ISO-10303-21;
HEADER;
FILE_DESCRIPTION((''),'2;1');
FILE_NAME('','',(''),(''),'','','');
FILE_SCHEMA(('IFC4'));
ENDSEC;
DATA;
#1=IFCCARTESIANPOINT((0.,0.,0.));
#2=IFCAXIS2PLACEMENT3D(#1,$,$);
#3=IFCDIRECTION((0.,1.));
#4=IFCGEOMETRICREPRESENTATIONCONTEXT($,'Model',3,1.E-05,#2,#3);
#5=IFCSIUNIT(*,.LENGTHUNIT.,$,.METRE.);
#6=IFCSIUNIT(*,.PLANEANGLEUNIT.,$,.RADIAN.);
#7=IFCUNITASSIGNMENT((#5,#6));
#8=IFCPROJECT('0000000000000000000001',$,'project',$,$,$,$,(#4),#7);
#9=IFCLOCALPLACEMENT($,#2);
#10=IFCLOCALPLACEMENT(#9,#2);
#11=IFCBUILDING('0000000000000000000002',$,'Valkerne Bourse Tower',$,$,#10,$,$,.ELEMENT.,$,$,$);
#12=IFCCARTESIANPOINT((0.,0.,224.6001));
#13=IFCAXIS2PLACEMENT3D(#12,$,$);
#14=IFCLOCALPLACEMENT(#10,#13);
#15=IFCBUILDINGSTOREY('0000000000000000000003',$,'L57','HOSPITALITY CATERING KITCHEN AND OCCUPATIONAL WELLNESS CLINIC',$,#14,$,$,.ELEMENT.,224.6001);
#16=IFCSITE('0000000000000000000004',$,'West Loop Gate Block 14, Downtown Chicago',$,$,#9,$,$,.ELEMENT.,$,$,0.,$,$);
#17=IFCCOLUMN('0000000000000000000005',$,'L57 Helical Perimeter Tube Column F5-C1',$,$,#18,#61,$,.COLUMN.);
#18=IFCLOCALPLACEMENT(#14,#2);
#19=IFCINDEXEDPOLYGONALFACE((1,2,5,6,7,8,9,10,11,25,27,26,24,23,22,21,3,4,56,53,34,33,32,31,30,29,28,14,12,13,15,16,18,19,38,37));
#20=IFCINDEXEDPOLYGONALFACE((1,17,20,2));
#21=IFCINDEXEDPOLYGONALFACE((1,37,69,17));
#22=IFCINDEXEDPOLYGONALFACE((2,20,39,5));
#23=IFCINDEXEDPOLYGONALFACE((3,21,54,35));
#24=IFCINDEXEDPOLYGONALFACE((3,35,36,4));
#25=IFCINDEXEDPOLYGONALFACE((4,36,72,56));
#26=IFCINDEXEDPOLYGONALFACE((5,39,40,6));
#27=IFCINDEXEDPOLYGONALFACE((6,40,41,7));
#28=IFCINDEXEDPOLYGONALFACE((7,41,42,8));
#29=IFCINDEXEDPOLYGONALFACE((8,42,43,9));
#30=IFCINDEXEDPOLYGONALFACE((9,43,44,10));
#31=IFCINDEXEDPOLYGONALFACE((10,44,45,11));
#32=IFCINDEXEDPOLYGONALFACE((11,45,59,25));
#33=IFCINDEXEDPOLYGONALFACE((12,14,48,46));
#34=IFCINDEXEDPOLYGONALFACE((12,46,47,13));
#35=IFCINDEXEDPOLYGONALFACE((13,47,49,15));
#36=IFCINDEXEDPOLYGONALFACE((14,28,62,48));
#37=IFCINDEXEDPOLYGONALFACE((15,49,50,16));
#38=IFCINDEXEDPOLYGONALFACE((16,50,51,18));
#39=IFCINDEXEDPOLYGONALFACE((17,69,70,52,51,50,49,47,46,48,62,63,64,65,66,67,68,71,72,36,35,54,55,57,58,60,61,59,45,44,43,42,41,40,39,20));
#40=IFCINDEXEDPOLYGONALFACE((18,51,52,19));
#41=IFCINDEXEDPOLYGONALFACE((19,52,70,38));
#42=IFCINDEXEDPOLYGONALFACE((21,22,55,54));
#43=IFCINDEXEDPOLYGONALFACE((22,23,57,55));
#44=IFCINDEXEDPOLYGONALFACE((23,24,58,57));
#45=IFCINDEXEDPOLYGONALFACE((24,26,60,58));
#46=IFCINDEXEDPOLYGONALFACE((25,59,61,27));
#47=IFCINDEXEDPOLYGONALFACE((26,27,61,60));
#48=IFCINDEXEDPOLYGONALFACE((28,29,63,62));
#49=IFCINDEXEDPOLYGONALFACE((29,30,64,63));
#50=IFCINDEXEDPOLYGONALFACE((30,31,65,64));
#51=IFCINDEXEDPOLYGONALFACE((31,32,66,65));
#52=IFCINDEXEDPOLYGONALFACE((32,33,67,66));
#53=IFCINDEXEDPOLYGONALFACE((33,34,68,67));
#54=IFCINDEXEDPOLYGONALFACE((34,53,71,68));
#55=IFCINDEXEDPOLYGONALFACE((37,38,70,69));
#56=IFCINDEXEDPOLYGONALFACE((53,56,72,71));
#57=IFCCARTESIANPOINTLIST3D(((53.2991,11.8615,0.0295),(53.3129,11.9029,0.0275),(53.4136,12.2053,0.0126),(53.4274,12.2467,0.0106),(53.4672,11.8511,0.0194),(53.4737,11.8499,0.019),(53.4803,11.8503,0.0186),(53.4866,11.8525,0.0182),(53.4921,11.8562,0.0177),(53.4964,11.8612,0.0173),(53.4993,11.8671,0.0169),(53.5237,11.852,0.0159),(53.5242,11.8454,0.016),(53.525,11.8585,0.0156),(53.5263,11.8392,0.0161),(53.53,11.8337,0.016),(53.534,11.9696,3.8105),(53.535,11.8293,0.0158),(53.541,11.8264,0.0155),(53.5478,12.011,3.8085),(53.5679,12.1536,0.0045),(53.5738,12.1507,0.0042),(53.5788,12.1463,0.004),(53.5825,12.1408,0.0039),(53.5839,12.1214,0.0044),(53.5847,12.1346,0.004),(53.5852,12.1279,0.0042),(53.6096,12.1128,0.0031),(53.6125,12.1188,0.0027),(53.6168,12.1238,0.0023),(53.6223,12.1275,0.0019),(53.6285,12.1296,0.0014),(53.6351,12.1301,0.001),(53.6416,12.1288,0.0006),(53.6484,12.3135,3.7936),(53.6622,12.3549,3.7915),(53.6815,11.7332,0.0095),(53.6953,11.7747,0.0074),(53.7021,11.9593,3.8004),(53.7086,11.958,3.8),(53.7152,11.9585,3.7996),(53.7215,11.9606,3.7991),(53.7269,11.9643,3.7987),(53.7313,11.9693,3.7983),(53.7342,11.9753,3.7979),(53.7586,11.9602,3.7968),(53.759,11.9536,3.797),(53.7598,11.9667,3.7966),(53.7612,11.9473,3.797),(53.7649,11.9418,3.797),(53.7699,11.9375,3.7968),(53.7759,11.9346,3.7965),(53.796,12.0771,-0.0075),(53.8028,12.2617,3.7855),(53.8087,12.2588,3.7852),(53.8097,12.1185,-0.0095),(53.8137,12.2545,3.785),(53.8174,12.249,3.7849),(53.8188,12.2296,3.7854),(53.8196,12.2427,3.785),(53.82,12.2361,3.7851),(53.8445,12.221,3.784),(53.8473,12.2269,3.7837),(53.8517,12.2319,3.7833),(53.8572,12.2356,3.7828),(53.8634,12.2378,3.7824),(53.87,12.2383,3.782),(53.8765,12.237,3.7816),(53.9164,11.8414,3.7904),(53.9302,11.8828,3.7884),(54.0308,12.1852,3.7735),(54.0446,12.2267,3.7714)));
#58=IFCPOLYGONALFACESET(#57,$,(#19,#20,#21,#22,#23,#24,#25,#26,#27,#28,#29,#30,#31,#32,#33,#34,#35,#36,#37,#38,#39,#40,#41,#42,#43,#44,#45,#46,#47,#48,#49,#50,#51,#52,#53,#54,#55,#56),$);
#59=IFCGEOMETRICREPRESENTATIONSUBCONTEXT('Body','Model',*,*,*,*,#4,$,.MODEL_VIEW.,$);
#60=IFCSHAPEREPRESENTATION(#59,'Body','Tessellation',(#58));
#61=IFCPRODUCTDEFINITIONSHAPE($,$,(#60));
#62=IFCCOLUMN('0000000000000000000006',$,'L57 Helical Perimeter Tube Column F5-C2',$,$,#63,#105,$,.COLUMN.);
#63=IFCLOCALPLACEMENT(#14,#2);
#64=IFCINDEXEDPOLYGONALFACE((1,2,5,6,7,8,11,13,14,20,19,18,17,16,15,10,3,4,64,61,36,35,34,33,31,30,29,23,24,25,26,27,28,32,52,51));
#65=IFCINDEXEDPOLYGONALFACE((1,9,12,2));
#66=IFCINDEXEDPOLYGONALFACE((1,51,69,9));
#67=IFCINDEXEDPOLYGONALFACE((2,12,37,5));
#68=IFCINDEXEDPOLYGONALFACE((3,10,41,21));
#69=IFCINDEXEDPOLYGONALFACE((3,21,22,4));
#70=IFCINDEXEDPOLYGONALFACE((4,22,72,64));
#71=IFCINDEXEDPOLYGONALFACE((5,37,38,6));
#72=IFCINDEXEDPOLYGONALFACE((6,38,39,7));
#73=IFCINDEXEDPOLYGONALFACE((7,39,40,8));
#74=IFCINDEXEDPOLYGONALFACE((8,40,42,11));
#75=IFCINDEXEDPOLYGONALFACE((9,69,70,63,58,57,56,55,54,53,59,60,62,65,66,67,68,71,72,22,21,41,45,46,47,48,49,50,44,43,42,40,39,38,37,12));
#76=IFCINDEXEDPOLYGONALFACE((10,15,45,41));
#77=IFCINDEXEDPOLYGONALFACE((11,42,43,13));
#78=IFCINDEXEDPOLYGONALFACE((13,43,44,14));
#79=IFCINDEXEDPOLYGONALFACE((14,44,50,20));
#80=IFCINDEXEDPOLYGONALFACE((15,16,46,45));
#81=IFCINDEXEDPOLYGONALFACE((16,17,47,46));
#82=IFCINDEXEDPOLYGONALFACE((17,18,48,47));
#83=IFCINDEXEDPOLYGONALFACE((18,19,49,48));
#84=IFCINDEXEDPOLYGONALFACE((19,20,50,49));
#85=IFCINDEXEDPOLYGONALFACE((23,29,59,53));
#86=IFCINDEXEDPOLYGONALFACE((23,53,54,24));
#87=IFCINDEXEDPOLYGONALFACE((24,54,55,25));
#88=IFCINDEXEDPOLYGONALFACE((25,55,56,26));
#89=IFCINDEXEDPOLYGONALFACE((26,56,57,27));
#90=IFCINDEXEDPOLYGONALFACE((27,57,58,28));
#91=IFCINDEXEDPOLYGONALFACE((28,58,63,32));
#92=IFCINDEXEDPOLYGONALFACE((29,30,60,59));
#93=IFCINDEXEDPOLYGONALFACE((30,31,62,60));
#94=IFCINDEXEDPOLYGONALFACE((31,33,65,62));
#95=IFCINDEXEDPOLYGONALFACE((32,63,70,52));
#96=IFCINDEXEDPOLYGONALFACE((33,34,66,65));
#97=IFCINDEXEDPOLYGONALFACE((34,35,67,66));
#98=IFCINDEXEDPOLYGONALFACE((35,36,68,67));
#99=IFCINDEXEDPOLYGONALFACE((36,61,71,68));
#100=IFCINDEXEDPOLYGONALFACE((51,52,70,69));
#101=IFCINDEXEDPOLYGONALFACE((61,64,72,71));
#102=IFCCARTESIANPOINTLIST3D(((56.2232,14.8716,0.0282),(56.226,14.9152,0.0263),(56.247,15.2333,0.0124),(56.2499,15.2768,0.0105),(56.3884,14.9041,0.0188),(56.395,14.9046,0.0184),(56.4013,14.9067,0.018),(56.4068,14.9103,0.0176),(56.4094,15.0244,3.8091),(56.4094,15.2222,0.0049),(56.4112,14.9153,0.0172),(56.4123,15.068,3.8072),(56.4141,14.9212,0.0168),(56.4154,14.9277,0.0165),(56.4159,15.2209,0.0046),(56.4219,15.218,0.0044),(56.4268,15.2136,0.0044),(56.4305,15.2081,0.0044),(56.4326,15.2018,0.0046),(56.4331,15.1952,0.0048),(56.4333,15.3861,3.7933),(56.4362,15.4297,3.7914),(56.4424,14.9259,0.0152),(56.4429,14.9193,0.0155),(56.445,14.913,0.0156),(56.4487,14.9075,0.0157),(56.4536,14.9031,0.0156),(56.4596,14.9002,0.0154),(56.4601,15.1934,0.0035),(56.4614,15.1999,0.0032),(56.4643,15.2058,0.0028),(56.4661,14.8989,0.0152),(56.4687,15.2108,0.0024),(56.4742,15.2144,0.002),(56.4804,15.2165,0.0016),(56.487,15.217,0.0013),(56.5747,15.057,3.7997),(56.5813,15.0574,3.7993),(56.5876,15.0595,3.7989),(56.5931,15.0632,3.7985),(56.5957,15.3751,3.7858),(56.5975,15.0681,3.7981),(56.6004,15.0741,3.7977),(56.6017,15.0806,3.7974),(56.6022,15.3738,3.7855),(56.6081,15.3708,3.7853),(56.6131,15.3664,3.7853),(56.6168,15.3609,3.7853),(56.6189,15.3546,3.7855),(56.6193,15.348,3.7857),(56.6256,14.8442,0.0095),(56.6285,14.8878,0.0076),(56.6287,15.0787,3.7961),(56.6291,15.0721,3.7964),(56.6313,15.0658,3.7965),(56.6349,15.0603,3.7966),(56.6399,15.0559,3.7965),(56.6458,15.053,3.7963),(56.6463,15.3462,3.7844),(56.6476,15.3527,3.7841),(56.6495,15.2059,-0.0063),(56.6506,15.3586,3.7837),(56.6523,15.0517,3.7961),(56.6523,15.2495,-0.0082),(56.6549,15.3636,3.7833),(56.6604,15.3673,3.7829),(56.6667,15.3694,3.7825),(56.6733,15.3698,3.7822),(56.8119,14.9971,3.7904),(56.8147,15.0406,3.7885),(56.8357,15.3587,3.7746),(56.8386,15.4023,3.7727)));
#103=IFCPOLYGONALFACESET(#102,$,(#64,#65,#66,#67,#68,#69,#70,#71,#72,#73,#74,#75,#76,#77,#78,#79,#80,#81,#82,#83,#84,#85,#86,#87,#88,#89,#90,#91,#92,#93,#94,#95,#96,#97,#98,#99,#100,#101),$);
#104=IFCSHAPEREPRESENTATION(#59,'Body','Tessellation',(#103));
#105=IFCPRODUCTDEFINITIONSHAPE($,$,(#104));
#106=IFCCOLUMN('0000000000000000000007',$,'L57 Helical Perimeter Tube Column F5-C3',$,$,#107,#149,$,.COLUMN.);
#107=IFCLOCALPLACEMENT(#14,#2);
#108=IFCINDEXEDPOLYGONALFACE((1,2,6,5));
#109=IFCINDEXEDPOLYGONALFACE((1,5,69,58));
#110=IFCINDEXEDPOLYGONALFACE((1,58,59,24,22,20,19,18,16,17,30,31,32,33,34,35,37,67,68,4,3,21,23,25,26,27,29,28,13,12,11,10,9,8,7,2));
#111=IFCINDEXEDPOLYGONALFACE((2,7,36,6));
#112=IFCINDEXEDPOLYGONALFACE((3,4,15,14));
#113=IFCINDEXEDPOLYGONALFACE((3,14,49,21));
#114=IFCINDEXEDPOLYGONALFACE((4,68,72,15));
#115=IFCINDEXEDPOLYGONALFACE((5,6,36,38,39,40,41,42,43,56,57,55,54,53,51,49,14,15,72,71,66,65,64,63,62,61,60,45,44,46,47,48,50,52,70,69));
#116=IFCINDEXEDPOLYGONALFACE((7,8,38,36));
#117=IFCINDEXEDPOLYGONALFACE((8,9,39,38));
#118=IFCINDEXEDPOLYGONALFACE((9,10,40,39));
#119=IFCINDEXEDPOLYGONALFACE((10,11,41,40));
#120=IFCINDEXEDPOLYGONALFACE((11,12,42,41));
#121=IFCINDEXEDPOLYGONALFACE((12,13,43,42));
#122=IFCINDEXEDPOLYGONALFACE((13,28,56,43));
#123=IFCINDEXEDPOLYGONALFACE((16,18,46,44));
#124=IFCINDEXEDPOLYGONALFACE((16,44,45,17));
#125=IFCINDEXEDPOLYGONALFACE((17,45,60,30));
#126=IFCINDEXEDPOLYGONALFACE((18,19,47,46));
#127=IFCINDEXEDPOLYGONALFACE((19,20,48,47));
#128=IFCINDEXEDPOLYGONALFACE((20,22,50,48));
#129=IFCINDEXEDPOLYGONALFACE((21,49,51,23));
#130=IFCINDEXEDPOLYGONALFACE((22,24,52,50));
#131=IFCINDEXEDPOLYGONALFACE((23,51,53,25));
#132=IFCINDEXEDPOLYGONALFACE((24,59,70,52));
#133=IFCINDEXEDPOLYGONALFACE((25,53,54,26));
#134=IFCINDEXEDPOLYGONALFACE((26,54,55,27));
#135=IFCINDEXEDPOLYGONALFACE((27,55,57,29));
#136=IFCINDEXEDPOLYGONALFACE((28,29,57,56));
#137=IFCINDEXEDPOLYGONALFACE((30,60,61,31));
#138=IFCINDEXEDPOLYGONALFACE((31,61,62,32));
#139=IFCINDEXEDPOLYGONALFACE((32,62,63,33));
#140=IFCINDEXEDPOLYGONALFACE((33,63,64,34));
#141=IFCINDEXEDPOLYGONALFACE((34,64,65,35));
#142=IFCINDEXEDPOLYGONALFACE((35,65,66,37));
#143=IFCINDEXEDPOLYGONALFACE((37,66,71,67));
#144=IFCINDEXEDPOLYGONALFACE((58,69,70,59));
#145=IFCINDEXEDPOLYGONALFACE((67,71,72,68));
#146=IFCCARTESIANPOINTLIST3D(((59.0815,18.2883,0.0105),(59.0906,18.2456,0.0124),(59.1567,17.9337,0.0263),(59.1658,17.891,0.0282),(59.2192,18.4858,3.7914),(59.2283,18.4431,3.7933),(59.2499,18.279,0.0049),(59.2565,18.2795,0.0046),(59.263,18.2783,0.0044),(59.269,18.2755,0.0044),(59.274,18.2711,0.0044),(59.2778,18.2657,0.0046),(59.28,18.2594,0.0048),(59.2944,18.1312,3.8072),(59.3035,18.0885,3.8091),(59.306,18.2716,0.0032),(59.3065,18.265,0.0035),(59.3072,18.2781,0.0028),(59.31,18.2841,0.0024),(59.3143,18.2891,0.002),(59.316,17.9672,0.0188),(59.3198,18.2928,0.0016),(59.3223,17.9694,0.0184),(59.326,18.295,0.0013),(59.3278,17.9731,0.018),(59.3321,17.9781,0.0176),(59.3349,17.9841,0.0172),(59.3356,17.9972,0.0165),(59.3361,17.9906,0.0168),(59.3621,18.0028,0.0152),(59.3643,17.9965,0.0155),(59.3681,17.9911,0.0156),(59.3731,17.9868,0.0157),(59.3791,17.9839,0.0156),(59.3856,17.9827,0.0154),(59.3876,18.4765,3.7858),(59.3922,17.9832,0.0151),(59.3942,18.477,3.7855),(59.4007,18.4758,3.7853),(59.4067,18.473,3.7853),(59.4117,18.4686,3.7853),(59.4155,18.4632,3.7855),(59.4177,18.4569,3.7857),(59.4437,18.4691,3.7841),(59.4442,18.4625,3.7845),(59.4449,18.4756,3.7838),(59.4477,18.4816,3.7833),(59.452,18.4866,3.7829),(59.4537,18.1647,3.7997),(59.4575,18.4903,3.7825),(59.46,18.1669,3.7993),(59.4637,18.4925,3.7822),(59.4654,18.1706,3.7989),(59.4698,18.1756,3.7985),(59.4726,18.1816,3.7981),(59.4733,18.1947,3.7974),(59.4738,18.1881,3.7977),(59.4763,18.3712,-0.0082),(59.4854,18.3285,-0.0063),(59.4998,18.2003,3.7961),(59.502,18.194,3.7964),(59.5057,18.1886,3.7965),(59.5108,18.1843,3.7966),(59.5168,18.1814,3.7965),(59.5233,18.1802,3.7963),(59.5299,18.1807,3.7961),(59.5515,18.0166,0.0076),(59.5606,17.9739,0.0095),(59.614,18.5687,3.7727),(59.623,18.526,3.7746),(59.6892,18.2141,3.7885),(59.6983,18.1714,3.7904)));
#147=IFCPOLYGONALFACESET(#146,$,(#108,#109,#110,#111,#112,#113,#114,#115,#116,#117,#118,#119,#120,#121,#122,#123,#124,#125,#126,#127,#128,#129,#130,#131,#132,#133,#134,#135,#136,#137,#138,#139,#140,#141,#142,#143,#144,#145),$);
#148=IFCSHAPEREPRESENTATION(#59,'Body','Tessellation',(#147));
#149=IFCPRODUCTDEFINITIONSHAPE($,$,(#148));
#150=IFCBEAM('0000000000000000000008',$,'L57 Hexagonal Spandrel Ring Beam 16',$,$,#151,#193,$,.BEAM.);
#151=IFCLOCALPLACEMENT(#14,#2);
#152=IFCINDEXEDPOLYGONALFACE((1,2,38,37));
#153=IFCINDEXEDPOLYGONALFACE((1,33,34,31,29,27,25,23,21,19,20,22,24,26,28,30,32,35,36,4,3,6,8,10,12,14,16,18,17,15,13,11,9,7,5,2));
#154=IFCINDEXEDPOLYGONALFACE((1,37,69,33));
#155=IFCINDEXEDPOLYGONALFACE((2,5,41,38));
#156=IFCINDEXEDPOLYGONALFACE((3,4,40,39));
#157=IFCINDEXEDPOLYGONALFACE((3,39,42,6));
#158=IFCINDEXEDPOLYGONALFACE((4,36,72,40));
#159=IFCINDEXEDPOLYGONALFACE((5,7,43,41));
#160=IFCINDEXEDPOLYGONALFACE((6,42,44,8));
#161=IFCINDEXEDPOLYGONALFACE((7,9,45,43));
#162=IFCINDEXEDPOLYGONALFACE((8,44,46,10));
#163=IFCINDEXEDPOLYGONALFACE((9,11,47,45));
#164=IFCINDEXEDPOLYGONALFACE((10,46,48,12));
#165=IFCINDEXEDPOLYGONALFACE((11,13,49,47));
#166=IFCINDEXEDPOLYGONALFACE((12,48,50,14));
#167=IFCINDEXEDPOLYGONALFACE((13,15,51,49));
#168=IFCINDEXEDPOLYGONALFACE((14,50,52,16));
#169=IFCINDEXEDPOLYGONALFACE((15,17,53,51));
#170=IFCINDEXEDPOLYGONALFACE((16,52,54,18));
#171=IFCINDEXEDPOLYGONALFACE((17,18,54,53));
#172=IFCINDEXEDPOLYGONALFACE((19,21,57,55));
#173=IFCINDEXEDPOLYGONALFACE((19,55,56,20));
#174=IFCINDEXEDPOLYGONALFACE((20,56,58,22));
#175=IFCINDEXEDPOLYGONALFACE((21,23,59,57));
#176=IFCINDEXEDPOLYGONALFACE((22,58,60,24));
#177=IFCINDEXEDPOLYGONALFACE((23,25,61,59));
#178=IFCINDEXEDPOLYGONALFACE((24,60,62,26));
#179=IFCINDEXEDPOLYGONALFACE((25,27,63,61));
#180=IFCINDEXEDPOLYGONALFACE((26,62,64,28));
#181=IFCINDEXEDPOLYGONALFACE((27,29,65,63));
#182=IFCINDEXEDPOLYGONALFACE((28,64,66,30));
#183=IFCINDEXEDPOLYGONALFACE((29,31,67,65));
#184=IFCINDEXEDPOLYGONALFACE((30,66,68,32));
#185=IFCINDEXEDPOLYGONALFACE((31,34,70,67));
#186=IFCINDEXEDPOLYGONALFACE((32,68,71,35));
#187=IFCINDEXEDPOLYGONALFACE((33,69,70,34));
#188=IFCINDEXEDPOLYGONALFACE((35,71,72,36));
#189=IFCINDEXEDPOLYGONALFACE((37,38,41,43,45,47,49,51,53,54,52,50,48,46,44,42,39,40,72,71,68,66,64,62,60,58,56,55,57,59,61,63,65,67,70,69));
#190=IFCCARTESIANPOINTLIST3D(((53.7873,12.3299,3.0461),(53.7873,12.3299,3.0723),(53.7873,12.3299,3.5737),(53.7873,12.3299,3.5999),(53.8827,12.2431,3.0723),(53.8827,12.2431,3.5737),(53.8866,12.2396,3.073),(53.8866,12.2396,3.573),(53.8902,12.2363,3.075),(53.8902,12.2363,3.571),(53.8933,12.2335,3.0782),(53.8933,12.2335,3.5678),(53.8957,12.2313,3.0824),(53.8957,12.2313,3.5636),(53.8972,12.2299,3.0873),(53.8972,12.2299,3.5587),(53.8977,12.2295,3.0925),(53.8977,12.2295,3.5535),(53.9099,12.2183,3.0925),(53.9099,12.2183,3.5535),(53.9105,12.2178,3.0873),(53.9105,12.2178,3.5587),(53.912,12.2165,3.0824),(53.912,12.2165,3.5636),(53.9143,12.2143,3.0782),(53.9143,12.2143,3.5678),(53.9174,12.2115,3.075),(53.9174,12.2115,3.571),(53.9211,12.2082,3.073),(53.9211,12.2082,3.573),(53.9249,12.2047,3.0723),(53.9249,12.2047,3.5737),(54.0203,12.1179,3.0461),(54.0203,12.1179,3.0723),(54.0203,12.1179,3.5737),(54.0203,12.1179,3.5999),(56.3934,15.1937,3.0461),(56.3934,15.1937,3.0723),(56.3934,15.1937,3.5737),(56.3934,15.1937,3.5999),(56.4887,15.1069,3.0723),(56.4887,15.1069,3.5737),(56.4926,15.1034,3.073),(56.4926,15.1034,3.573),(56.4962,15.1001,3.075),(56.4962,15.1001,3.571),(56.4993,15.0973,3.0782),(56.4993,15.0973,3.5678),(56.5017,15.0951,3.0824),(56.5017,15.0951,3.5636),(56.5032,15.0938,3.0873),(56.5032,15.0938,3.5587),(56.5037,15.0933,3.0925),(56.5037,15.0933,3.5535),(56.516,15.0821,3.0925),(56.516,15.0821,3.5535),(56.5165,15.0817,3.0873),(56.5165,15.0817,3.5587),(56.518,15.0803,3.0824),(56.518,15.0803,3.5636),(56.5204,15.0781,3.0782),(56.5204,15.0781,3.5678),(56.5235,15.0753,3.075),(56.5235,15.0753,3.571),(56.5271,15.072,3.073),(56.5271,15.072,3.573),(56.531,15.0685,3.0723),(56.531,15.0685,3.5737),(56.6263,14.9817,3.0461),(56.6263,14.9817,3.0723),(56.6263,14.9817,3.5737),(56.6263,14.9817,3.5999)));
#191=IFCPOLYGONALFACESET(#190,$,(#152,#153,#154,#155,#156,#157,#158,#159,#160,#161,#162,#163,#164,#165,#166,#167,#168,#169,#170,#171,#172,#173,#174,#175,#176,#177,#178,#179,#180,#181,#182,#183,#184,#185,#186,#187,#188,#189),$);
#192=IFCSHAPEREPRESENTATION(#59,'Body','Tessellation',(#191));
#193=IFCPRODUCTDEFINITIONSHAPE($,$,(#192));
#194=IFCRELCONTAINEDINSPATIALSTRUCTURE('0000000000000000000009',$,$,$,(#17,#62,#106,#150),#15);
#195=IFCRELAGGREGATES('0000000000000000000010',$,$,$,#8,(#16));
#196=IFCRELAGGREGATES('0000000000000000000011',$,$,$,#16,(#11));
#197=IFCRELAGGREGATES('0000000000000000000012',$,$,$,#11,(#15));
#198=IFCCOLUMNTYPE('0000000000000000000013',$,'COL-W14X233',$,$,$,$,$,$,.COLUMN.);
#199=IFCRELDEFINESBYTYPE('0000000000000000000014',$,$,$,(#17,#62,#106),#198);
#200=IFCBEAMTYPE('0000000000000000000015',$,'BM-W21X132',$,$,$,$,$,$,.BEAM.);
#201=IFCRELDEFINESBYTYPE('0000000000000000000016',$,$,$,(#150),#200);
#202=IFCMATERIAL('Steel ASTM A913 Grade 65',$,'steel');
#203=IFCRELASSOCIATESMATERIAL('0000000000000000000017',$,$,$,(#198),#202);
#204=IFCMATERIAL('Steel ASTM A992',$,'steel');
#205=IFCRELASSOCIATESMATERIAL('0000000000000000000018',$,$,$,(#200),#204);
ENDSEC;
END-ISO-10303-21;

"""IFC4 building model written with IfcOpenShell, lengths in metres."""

from ifc_helpers import new_model, si_unit, direction, frame, origin, origin_2d, place, context, subcontext, project, spatial, i_section, extrude, material, material_profile, profile_set, type_object, element, save


model = new_model("IFC4")

# Units and contexts
model_context = context("Model", 3, precision=1e-05, world=origin(), true_north=direction((0.0, 1.0)))
body_context = subcontext(model_context, "Body", "Model", "MODEL_VIEW")
ifc_project = project(units=[si_unit("LENGTHUNIT", "METRE"), si_unit("PLANEANGLEUNIT", "RADIAN")], contexts=[model_context])

# Site, building, storey
site_placement = place(None, origin())
site = spatial("IfcSite", under=ifc_project, at=site_placement, Name="West Loop Gate Block 14, Downtown Chicago", CompositionType="ELEMENT", RefElevation=0.0)
building_placement = place(site_placement, origin())
building = spatial("IfcBuilding", under=site, at=building_placement, Name="Valkerne Bourse Tower", CompositionType="ELEMENT")
storey_placement = place(building_placement, frame((0.0, 0.0, 224.6001)))
storey = spatial("IfcBuildingStorey", under=building, at=storey_placement, Name="L57", Description="HOSPITALITY CATERING KITCHEN AND OCCUPATIONAL WELLNESS CLINIC", CompositionType="ELEMENT", Elevation=224.6001)

# Columns
ifc_material_1 = material(Name="Steel ASTM A913 Grade 65", Category="steel")
ifc_material_profile_1 = material_profile(ifc_material_1, i_section(OverallWidth=0.4038, OverallDepth=0.4065, WebThickness=0.0271, FlangeThickness=0.0437, FilletRadius=0.0254, at=origin_2d()), Name="W14X233")
ifc_profile_set_1 = profile_set([ifc_material_profile_1], Name="Steel ASTM A913 Grade 65")
column_type = type_object("IfcColumnType", Name="COL-W14X233", PredefinedType="COLUMN", material=ifc_profile_set_1)
column_placement = place(storey_placement, frame((53.5544, 11.99, 0.01), z_axis=(0.061972, 0.028538, 0.99767), x_axis=(-0.946925, 0.317584, 0.049735)))
element("IfcColumn", 1, at=column_placement, inside=storey, type_object=column_type, Name="L57 Helical Perimeter Tube Column F5-C1", PredefinedType="COLUMN", context=body_context, shape_type="SweptSolid", body=[
    extrude(i_section(OverallWidth=0.4038, OverallDepth=0.4065, WebThickness=0.0271, FlangeThickness=0.0437, FilletRadius=0.0254, at=origin_2d()), origin(), (0.0, 0.0, 1.0), 3.7898),
])
for number, where, z_axis, x_axis, name in (
    (2, (56.4377, 15.0605, 0.01), (0.049167, 0.040339, 0.997976), (-0.996622, 0.067784, 0.046361), "L57 Helical Perimeter Tube Column F5-C2"),
    (3, (59.321, 18.1311, 0.01), (0.036344, 0.052132, 0.997979), (-0.977603, -0.205293, 0.046326), "L57 Helical Perimeter Tube Column F5-C3"),
):
    element("IfcColumn", number, at=place(storey_placement, frame(where, z_axis=z_axis, x_axis=x_axis)), inside=storey, type_object=column_type, Name=name, PredefinedType="COLUMN", context=body_context, shape_type="SweptSolid", body=[
        extrude(i_section(OverallWidth=0.4038, OverallDepth=0.4065, WebThickness=0.0271, FlangeThickness=0.0437, FilletRadius=0.0254, at=origin_2d()), origin(), (0.0, 0.0, 1.0), 3.7886),
    ])

# Beam
ifc_material_2 = material(Name="Steel ASTM A992", Category="steel")
ifc_material_profile_2 = material_profile(ifc_material_2, i_section(OverallWidth=0.3149, OverallDepth=0.5537, WebThickness=0.0166, FlangeThickness=0.0261, FilletRadius=0.0203, at=origin_2d()), Name="W21X132")
ifc_profile_set_2 = profile_set([ifc_material_profile_2], Name="Steel ASTM A992")
beam_type = type_object("IfcBeamType", Name="BM-W21X132", PredefinedType="BEAM", material=ifc_profile_set_2)
for number, where, z_axis, x_axis, name in (
    (4, (53.9038, 12.2239, 3.323), (0.67303, 0.739615, 0.0), (-0.739615, 0.67303, 0.0), "L57 Hexagonal Spandrel Ring Beam 16"),
):
    element("IfcBeam", number, at=place(storey_placement, frame(where, z_axis=z_axis, x_axis=x_axis)), inside=storey, type_object=beam_type, Name=name, PredefinedType="BEAM", context=body_context, shape_type="SweptSolid", body=[
        extrude(i_section(OverallWidth=0.3149, OverallDepth=0.5537, WebThickness=0.0166, FlangeThickness=0.0261, FilletRadius=0.0203, at=origin_2d()), origin(), (0.0, 0.0, 1.0), 3.8721),
    ])

save(model, "model.ifc")
